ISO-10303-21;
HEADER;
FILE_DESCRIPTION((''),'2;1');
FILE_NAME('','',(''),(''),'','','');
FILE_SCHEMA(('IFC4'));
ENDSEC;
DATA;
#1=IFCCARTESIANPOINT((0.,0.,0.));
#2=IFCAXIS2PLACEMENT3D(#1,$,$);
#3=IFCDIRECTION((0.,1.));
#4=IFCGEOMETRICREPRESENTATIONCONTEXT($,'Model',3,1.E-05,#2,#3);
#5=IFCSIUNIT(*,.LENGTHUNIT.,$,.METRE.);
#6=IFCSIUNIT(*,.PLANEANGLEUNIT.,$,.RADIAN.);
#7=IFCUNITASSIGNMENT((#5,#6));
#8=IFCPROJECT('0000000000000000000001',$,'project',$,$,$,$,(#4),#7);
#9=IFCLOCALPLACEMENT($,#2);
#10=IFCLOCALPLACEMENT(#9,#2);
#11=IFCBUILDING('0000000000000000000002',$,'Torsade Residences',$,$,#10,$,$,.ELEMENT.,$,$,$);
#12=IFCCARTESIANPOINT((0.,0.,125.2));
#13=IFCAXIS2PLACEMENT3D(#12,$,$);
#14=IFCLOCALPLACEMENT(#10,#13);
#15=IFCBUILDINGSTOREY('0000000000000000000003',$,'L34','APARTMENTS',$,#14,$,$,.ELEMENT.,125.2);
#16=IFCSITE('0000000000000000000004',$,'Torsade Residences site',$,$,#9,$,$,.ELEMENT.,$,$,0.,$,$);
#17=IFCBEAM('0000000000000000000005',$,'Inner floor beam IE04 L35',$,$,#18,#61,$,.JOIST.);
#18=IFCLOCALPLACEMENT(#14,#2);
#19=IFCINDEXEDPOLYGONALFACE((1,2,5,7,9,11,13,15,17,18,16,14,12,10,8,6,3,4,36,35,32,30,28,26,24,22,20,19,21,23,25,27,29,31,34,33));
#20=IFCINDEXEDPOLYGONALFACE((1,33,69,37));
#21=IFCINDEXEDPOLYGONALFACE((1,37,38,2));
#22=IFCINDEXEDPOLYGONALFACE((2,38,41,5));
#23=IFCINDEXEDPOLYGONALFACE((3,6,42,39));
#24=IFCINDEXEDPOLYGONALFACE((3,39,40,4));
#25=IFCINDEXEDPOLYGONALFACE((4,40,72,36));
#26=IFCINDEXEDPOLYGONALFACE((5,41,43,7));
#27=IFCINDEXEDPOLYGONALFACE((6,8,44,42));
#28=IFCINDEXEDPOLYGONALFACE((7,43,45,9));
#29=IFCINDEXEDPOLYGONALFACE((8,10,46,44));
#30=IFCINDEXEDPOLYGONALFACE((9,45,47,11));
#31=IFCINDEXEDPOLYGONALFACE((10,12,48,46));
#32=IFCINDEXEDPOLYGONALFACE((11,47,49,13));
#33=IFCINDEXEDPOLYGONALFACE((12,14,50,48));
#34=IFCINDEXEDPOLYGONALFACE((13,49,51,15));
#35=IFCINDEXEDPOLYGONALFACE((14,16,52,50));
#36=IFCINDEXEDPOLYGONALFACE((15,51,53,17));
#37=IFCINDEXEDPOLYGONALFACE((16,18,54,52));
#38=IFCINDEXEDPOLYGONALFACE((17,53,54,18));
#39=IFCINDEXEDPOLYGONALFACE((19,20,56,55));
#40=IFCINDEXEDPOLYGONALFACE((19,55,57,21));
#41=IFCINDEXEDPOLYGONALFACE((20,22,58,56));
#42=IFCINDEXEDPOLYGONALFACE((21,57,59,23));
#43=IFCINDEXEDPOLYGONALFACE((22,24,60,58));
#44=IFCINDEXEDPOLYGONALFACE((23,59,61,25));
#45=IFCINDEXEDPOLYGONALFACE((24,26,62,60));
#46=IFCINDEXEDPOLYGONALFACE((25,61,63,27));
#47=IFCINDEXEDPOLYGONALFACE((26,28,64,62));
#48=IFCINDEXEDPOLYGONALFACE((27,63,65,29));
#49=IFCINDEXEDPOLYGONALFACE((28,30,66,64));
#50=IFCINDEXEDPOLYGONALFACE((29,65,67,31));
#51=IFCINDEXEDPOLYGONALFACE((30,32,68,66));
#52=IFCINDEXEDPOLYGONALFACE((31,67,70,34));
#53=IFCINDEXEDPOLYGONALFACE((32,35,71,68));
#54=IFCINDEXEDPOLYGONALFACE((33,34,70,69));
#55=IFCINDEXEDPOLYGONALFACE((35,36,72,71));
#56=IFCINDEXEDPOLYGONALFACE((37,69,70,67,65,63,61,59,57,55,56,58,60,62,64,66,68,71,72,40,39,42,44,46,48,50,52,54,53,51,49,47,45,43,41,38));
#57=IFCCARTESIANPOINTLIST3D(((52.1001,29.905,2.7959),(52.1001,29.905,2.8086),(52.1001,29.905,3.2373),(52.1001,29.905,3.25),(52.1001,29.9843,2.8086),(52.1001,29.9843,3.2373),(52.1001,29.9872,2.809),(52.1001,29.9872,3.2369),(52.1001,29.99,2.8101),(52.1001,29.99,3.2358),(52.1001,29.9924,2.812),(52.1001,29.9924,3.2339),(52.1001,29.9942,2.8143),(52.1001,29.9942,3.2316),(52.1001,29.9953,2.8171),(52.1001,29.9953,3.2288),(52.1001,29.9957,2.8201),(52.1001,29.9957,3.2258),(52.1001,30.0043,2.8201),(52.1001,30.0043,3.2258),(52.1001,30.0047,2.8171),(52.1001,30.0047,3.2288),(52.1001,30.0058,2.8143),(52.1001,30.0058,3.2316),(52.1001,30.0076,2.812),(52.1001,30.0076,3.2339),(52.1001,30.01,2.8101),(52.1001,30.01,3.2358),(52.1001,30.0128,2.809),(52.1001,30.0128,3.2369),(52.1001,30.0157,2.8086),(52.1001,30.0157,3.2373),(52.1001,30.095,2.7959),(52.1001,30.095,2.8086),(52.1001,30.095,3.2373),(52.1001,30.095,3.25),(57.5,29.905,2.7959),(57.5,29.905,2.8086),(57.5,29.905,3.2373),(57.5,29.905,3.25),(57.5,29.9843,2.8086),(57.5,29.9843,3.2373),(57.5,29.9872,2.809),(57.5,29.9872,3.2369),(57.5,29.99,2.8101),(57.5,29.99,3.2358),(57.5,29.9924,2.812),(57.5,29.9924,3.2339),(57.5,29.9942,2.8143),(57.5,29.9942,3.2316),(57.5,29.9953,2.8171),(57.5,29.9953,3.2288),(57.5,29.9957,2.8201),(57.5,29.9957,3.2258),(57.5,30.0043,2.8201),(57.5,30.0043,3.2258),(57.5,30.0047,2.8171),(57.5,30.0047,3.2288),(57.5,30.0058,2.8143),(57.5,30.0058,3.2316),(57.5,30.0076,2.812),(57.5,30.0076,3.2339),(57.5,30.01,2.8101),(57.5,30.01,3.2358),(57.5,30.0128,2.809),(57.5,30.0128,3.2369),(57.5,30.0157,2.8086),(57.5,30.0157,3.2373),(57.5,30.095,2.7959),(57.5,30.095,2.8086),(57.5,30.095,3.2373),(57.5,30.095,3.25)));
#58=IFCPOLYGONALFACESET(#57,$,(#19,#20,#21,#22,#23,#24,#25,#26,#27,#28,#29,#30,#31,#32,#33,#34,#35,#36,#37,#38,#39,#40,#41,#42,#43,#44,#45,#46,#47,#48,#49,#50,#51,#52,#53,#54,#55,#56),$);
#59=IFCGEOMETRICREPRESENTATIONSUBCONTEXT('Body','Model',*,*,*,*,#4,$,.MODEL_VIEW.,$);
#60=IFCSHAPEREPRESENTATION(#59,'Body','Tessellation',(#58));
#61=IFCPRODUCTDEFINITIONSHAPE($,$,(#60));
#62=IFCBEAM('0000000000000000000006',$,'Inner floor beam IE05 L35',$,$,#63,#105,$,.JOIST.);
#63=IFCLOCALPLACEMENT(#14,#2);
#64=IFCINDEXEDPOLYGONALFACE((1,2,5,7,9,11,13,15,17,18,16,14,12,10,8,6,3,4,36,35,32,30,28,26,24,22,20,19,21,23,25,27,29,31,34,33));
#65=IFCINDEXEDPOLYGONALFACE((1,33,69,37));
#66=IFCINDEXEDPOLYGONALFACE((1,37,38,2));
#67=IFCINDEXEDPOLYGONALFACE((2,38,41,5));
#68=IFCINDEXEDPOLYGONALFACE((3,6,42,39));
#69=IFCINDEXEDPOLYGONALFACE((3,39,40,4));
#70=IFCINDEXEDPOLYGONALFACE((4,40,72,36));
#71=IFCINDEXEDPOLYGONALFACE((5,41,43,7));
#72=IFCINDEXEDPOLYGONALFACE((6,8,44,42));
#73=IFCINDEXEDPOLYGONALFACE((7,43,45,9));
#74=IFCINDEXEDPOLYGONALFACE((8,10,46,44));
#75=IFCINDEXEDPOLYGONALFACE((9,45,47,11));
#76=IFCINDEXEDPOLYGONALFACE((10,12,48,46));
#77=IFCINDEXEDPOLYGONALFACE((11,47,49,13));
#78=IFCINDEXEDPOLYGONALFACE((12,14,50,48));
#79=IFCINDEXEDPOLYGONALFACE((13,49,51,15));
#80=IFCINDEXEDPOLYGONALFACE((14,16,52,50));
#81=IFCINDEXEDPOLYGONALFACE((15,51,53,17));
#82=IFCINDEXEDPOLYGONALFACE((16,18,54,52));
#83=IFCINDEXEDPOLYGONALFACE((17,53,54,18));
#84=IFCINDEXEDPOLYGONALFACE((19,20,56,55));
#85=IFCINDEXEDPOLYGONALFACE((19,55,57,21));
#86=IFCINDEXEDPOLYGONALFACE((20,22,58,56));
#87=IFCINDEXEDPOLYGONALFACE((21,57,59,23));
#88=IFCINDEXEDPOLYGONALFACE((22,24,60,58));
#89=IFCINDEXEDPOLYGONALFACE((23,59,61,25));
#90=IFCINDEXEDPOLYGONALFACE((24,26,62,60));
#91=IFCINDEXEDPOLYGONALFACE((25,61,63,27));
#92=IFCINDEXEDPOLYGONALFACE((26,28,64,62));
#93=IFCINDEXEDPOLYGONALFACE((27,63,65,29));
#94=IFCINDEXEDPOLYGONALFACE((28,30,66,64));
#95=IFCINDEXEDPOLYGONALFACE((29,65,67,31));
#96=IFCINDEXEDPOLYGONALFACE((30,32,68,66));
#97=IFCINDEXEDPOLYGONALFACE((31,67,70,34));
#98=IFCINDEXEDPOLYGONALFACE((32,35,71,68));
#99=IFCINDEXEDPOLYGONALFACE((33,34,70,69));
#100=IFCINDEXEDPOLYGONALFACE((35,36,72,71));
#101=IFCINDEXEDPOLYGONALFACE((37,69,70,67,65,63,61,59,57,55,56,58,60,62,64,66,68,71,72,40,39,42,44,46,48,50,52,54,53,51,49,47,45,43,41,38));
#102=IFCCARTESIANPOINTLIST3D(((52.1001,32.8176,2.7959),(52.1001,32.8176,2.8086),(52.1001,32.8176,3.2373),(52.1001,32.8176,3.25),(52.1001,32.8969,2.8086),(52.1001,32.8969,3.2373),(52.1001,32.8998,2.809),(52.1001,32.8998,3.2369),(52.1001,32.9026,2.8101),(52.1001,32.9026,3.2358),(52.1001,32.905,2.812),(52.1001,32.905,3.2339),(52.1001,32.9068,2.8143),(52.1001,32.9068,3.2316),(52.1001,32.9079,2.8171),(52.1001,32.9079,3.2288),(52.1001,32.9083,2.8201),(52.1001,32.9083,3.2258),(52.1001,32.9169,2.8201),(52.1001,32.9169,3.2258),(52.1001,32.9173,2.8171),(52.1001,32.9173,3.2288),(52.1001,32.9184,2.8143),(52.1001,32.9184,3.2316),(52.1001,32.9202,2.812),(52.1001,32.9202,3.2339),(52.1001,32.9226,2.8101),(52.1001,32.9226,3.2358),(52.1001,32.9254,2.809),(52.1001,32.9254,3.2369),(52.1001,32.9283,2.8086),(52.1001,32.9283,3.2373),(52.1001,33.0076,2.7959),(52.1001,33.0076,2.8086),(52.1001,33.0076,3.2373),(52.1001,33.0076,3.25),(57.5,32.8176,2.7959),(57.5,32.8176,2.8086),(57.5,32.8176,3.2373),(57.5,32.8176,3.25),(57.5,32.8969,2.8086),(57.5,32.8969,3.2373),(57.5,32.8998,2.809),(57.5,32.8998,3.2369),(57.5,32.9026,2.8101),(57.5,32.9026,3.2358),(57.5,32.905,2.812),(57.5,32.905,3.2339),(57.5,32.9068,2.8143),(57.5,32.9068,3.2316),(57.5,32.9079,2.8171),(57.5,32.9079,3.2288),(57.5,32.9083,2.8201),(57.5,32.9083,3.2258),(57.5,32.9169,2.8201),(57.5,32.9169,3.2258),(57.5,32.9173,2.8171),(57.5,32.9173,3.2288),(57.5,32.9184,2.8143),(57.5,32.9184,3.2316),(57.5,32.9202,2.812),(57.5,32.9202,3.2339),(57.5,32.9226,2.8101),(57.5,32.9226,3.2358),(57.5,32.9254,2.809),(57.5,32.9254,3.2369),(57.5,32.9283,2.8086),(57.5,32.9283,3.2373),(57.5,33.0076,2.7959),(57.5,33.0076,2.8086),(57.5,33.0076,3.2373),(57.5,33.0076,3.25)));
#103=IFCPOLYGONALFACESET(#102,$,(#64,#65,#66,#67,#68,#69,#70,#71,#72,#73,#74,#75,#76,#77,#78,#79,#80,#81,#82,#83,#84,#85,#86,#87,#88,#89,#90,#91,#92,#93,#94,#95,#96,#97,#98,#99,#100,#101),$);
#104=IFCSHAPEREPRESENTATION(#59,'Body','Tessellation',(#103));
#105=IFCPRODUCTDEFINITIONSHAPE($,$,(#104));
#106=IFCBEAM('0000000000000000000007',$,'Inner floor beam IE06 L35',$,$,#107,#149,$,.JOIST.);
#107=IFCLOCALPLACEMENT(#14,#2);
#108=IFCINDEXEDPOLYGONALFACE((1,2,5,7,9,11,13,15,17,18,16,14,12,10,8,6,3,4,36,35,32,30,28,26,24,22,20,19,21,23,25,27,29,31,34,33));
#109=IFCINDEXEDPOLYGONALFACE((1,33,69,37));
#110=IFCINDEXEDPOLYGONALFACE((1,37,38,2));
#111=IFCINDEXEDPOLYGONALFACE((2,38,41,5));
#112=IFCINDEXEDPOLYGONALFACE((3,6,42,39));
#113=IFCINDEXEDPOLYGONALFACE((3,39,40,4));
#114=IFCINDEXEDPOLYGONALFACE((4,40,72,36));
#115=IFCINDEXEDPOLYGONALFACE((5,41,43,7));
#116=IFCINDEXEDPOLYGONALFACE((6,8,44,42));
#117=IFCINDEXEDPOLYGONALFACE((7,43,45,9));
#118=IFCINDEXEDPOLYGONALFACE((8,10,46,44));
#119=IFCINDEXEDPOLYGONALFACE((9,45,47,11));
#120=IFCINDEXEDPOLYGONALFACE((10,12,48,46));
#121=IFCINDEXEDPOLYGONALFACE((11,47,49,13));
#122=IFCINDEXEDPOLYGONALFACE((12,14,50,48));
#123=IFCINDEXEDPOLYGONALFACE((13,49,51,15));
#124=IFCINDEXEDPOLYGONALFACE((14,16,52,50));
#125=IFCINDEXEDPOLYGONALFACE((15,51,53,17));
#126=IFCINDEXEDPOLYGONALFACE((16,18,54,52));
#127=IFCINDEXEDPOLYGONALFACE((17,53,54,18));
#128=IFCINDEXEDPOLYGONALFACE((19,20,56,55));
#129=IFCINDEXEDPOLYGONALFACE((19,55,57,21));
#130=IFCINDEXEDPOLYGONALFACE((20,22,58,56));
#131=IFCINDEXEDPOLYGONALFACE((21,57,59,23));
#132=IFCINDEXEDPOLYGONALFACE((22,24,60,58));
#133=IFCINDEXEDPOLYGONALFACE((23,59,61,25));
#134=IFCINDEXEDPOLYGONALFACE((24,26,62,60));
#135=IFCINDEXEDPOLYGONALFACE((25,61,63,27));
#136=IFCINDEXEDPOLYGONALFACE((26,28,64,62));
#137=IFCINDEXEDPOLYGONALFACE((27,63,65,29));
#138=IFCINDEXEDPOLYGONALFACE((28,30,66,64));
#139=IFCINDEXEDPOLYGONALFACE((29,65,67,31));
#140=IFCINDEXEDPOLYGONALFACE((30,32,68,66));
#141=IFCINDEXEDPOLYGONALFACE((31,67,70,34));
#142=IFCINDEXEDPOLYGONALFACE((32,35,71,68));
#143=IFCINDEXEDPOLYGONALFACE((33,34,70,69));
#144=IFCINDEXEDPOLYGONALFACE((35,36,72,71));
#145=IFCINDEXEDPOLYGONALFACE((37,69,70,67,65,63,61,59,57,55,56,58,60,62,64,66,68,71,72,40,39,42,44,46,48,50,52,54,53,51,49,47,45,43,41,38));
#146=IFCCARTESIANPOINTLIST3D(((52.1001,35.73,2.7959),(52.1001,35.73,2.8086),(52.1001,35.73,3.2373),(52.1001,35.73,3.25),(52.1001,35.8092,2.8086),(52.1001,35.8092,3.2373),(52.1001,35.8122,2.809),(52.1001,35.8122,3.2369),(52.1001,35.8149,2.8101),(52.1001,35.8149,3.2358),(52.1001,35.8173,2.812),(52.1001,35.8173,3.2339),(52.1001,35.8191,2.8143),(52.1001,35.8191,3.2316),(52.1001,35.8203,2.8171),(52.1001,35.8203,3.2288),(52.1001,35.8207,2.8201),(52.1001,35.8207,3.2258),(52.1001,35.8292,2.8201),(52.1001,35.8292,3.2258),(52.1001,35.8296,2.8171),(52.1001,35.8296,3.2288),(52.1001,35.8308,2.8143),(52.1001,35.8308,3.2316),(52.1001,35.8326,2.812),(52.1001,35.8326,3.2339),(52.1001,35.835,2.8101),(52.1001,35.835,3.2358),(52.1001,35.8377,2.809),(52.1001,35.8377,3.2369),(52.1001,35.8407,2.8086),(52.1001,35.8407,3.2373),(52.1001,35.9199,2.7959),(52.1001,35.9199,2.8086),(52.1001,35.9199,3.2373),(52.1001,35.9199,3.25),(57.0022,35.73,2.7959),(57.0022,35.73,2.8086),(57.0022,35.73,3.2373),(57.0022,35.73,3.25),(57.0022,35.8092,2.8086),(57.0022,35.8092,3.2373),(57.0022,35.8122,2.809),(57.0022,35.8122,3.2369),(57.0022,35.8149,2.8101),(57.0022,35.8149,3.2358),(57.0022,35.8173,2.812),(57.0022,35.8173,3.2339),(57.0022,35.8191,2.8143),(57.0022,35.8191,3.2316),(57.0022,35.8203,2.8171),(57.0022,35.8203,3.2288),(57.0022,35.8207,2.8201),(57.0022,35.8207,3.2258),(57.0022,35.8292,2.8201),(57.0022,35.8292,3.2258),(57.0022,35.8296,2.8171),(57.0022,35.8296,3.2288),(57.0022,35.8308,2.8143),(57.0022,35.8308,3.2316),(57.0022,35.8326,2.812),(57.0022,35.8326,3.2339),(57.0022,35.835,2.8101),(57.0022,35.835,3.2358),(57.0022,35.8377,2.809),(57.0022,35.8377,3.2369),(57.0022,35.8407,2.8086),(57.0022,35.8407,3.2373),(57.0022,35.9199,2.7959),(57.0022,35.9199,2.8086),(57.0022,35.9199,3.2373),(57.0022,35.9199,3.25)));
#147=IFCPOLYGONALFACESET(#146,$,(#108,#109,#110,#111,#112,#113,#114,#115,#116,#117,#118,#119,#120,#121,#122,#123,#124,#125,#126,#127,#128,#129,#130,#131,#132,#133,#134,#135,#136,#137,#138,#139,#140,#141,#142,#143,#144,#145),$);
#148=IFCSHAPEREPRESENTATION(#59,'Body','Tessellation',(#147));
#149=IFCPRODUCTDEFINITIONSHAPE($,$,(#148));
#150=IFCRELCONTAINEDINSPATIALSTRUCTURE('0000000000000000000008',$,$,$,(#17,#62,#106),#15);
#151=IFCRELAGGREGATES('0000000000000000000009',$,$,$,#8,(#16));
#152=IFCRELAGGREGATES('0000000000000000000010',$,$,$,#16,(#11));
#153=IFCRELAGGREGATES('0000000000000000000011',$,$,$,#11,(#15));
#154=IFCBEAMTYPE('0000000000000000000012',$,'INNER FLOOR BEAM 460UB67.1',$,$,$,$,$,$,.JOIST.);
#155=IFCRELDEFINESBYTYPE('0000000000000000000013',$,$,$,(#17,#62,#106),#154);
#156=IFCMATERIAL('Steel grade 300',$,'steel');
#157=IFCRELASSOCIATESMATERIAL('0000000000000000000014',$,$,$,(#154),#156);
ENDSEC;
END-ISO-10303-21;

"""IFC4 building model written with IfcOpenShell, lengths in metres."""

from ifc_helpers import new_model, si_unit, direction, frame, origin, origin_2d, place, context, subcontext, project, spatial, i_section, extrude, material, material_profile, profile_set, type_object, element, save


model = new_model("IFC4")

# Units and contexts
model_context = context("Model", 3, precision=1e-05, world=origin(), true_north=direction((0.0, 1.0)))
body_context = subcontext(model_context, "Body", "Model", "MODEL_VIEW")
ifc_project = project(units=[si_unit("LENGTHUNIT", "METRE"), si_unit("PLANEANGLEUNIT", "RADIAN")], contexts=[model_context])

# Site, building, storey
site_placement = place(None, origin())
site = spatial("IfcSite", under=ifc_project, at=site_placement, Name="Torsade Residences site", CompositionType="ELEMENT", RefElevation=0.0)
building_placement = place(site_placement, origin())
building = spatial("IfcBuilding", under=site, at=building_placement, Name="Torsade Residences", CompositionType="ELEMENT")
storey_placement = place(building_placement, frame((0.0, 0.0, 125.2)))
storey = spatial("IfcBuildingStorey", under=building, at=storey_placement, Name="L34", Description="APARTMENTS", CompositionType="ELEMENT", Elevation=125.2)

# Beams
ifc_material_1 = material(Name="Steel grade 300", Category="steel")
ifc_material_profile = material_profile(ifc_material_1, i_section(OverallWidth=0.1899, OverallDepth=0.4541, WebThickness=0.0085, FlangeThickness=0.0127, FilletRadius=0.0115, at=origin_2d()), Name="460UB67.1")
ifc_profile_set = profile_set([ifc_material_profile], Name="Steel grade 300")
beam_type = type_object("IfcBeamType", Name="INNER FLOOR BEAM 460UB67.1", PredefinedType="JOIST", material=ifc_profile_set)
for number, where, z_axis, x_axis, name in (
    (1, (52.1001, 30.0, 3.0229), (1.0, 0.0, 0.0), (0.0, 1.0, 0.0), "Inner floor beam IE04 L35"),
    (2, (52.1001, 32.9126, 3.0229), (1.0, 0.0, 0.0), (0.0, 1.0, 0.0), "Inner floor beam IE05 L35"),
):
    element("IfcBeam", number, at=place(storey_placement, frame(where, z_axis=z_axis, x_axis=x_axis)), inside=storey, type_object=beam_type, Name=name, PredefinedType="JOIST", context=body_context, shape_type="SweptSolid", body=[
        extrude(i_section(OverallWidth=0.1899, OverallDepth=0.4541, WebThickness=0.0085, FlangeThickness=0.0127, FilletRadius=0.0115, at=origin_2d()), origin(), (0.0, 0.0, 1.0), 5.3999),
    ])
beam_placement = place(storey_placement, frame((52.1001, 35.825, 3.0229), z_axis=(1.0, 0.0, 0.0), x_axis=(0.0, 1.0, 0.0)))
element("IfcBeam", 3, at=beam_placement, inside=storey, type_object=beam_type, Name="Inner floor beam IE06 L35", PredefinedType="JOIST", context=body_context, shape_type="SweptSolid", body=[
    extrude(i_section(OverallWidth=0.1899, OverallDepth=0.4541, WebThickness=0.0085, FlangeThickness=0.0127, FilletRadius=0.0115, at=origin_2d()), origin(), (0.0, 0.0, 1.0), 4.9021),
])

save(model, "model.ifc")
